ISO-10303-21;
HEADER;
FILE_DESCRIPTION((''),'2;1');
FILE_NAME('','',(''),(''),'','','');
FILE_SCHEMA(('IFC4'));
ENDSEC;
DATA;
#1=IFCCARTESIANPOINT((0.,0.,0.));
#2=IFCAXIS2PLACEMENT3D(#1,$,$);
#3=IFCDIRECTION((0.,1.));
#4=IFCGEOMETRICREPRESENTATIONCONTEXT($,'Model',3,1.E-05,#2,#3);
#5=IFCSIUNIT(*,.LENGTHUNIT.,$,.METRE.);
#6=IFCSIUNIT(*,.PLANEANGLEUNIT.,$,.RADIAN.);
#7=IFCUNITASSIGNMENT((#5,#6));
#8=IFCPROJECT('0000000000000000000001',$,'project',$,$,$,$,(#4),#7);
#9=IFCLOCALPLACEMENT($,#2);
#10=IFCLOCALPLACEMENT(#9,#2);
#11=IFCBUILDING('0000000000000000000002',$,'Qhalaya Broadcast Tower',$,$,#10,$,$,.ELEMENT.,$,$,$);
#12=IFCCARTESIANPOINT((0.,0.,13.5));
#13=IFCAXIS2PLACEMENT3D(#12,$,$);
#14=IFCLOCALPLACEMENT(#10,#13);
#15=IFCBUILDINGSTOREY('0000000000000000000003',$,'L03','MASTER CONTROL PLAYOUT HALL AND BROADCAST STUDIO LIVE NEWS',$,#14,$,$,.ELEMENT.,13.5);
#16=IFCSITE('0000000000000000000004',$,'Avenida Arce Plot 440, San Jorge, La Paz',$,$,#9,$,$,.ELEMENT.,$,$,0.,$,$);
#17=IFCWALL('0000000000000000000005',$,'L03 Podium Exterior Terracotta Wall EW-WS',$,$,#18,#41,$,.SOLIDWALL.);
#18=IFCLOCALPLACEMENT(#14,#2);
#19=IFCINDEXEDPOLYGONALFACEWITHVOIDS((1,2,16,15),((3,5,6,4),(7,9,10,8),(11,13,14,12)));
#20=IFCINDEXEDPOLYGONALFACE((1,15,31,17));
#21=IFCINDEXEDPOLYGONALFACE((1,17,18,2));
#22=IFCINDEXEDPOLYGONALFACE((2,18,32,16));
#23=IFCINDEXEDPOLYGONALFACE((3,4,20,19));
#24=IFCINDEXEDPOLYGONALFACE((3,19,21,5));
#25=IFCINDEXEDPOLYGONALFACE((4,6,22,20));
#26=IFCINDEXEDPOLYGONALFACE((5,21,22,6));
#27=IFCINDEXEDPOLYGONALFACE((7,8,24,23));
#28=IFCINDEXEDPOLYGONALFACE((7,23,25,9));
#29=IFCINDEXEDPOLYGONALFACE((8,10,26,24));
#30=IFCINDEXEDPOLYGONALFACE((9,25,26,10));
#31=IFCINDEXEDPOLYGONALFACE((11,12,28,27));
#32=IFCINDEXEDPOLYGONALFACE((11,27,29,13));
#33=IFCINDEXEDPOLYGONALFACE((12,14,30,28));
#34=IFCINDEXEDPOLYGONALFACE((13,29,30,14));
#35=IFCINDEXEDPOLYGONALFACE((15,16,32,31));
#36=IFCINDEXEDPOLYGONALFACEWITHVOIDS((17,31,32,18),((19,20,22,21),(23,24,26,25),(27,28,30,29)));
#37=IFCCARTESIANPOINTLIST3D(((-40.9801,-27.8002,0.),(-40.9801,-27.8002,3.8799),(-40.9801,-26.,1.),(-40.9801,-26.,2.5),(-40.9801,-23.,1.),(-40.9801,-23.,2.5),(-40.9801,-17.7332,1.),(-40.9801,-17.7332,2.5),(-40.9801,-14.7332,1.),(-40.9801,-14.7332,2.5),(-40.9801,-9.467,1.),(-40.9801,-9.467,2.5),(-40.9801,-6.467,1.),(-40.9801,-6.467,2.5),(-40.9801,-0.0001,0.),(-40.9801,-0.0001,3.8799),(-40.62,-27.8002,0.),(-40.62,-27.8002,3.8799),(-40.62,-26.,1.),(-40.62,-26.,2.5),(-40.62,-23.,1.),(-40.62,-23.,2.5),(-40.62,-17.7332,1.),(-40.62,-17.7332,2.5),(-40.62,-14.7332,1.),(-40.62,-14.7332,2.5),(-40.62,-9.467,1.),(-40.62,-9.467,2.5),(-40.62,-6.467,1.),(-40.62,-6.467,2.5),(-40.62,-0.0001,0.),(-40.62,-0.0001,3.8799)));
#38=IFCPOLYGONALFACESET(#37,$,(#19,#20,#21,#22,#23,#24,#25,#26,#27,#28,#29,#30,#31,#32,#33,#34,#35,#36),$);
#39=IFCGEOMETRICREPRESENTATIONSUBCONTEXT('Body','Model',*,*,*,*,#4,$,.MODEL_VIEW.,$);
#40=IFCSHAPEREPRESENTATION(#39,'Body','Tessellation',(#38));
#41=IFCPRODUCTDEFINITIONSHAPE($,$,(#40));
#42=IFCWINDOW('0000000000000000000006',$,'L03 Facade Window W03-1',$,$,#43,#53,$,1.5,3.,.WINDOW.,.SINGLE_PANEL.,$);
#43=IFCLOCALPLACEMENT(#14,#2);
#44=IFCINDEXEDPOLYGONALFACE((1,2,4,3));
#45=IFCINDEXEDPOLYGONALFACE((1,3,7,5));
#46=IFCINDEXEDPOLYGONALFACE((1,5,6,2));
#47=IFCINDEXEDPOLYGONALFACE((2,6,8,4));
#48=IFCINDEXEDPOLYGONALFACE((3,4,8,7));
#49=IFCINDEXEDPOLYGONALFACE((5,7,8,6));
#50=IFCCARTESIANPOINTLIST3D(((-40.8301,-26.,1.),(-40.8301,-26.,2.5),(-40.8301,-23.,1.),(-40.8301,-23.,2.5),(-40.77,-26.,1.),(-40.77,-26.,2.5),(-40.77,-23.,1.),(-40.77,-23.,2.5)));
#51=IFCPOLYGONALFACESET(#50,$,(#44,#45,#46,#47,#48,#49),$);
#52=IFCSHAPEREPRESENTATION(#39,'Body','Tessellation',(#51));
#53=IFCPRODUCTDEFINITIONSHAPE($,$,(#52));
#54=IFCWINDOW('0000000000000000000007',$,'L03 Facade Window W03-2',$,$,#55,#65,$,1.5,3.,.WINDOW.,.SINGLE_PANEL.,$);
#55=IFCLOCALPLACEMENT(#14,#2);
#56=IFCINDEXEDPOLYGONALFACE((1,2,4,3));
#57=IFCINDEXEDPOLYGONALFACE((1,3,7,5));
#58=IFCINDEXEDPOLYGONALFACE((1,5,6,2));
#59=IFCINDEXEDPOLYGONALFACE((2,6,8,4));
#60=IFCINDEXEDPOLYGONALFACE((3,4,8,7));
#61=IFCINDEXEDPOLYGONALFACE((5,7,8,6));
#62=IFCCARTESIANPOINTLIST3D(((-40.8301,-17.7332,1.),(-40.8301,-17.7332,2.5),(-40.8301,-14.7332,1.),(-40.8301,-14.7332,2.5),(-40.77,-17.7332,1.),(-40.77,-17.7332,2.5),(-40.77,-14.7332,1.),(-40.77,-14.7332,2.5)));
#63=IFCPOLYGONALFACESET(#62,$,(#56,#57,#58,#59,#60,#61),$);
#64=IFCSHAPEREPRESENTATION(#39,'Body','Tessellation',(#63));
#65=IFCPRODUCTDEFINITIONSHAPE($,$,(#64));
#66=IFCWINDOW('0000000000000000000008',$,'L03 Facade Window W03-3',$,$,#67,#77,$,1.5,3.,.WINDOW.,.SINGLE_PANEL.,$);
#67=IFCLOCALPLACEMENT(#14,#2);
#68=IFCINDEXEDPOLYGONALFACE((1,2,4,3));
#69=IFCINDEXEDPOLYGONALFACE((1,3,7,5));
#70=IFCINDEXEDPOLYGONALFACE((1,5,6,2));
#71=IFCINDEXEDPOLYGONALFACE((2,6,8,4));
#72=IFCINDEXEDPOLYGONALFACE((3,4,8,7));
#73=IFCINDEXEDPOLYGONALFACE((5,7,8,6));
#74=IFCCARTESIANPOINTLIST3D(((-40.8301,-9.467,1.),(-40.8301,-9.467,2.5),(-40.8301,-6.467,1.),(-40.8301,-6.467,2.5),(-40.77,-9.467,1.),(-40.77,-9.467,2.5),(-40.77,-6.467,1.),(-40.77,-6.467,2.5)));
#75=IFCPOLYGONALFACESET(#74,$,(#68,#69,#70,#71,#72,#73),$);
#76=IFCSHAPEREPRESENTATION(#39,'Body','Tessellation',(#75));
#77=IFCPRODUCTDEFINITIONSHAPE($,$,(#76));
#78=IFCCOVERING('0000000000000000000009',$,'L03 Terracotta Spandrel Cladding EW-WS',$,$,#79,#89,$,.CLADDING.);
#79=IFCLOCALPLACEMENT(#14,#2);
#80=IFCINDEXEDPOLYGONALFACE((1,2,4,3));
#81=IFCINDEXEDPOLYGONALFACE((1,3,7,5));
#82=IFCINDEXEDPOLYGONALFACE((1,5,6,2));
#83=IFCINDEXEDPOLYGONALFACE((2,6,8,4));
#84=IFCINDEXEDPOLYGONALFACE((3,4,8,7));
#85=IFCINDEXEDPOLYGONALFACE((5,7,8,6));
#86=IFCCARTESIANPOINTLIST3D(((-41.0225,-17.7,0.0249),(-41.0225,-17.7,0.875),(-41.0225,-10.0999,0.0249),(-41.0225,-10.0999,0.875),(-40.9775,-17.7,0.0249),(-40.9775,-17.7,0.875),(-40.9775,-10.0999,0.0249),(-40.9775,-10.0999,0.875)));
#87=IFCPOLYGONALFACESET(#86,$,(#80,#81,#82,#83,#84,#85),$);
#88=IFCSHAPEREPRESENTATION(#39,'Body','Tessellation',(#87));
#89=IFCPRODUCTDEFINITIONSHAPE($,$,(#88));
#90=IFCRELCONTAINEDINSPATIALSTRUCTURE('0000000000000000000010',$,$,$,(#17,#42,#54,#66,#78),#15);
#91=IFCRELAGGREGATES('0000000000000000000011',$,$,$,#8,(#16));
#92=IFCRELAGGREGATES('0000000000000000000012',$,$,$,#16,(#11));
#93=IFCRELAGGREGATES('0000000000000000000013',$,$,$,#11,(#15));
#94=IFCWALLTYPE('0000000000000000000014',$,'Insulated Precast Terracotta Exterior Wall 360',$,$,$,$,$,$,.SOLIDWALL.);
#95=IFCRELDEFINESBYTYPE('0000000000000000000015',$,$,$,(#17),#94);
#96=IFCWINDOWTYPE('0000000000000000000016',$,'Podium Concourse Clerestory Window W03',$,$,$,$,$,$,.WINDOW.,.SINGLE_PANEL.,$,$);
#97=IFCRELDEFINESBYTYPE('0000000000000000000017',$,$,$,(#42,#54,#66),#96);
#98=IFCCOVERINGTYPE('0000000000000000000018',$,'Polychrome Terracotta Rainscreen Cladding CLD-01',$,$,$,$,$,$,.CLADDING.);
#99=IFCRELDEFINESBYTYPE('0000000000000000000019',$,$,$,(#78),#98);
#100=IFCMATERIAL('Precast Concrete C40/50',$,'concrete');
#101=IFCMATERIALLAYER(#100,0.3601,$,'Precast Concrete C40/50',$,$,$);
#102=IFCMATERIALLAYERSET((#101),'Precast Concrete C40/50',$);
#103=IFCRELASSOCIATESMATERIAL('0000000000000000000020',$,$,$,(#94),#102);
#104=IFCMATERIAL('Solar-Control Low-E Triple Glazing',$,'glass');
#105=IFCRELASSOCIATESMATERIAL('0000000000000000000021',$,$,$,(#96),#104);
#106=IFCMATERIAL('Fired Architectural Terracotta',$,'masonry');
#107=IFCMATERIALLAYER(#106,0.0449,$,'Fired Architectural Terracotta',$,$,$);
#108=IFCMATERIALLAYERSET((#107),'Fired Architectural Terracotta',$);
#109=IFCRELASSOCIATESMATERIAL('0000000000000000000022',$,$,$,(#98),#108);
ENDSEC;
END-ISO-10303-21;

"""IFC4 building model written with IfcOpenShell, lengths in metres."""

from ifc_helpers import new_model, si_unit, direction, frame, frame_2d, origin, origin_2d, place, context, subcontext, project, spatial, rectangle, extrude, material, layer, layer_set, type_object, element, fill, save


model = new_model("IFC4")

# Units and contexts
model_context = context("Model", 3, precision=1e-05, world=origin(), true_north=direction((0.0, 1.0)))
body_context = subcontext(model_context, "Body", "Model", "MODEL_VIEW")
ifc_project = project(units=[si_unit("LENGTHUNIT", "METRE"), si_unit("PLANEANGLEUNIT", "RADIAN")], contexts=[model_context])

# Site, building, storey
site_placement = place(None, origin())
site = spatial("IfcSite", under=ifc_project, at=site_placement, Name="Avenida Arce Plot 440, San Jorge, La Paz", CompositionType="ELEMENT", RefElevation=0.0)
building_placement = place(site_placement, origin())
building = spatial("IfcBuilding", under=site, at=building_placement, Name="Qhalaya Broadcast Tower", CompositionType="ELEMENT")
storey_placement = place(building_placement, frame((0.0, 0.0, 13.5)))
storey = spatial("IfcBuildingStorey", under=building, at=storey_placement, Name="L03", Description="MASTER CONTROL PLAYOUT HALL AND BROADCAST STUDIO LIVE NEWS", CompositionType="ELEMENT", Elevation=13.5)

# Wall, openings, windows
ifc_material_1 = material(Name="Precast Concrete C40/50", Category="concrete")
ifc_layer_1 = layer(ifc_material_1, 0.3601, Name="Precast Concrete C40/50")
ifc_layer_set_1 = layer_set([ifc_layer_1], Name="Precast Concrete C40/50")
wall_type_1 = type_object("IfcWallType", Name="Insulated Precast Terracotta Exterior Wall 360", PredefinedType="SOLIDWALL", material=ifc_layer_set_1)
wall_1_placement = place(storey_placement, frame((-40.8, -27.8, 0.0), z_axis=(0.0, 0.0, 1.0), x_axis=(0.0, 1.0, 0.0)))
wall_1 = element("IfcWall", 1, at=wall_1_placement, inside=storey, type_object=wall_type_1, Name="L03 Podium Exterior Terracotta Wall EW-WS", PredefinedType="SOLIDWALL", context=body_context, shape_type="SweptSolid", body=[
    extrude(rectangle(XDim=27.8, YDim=0.3601, at=frame_2d((13.8999, 0.0))), origin(), (0.0, 0.0, 1.0), 3.8799),
])
opening_1_placement = place(wall_1_placement, frame((1.8, 0.0, 1.0)))
opening_1 = element("IfcOpeningElement", 2, at=opening_1_placement, cuts=wall_1, PredefinedType="OPENING", context=body_context, shape_type="SweptSolid", body=[
    extrude(rectangle(XDim=3.0, YDim=1.5, at=frame_2d((1.5, 0.75))), frame((0.0, 0.1921, 0.0), z_axis=(0.0, -1.0, 0.0), x_axis=(1.0, 0.0, 0.0)), (0.0, 0.0, 1.0), 0.384),
])
opening_2_placement = place(wall_1_placement, frame((10.0669, 0.0, 1.0)))
opening_2 = element("IfcOpeningElement", 3, at=opening_2_placement, cuts=wall_1, PredefinedType="OPENING", context=body_context, shape_type="SweptSolid", body=[
    extrude(rectangle(XDim=3.0, YDim=1.5, at=frame_2d((1.5, 0.75))), frame((0.0, 0.1921, 0.0), z_axis=(0.0, -1.0, 0.0), x_axis=(1.0, 0.0, 0.0)), (0.0, 0.0, 1.0), 0.384),
])
opening_3_placement = place(wall_1_placement, frame((18.333, 0.0, 1.0)))
opening_3 = element("IfcOpeningElement", 4, at=opening_3_placement, cuts=wall_1, PredefinedType="OPENING", context=body_context, shape_type="SweptSolid", body=[
    extrude(rectangle(XDim=3.0, YDim=1.5, at=frame_2d((1.5, 0.75))), frame((0.0, 0.1921, 0.0), z_axis=(0.0, -1.0, 0.0), x_axis=(1.0, 0.0, 0.0)), (0.0, 0.0, 1.0), 0.384),
])
ifc_material_2 = material(Name="Solar-Control Low-E Triple Glazing", Category="glass")
window_type = type_object("IfcWindowType", Name="Podium Concourse Clerestory Window W03", PartitioningType="SINGLE_PANEL", PredefinedType="WINDOW", material=ifc_material_2)
window_1_placement = place(opening_1_placement, origin())
window_1 = element("IfcWindow", 5, at=window_1_placement, inside=storey, type_object=window_type, Name="L03 Facade Window W03-1", OverallHeight=1.5, OverallWidth=3.0, PartitioningType="SINGLE_PANEL", PredefinedType="WINDOW", context=body_context, shape_type="SweptSolid", body=[
    extrude(rectangle(XDim=3.0, YDim=1.5, at=frame_2d((1.5, 0.75))), frame((0.0, 0.03, 0.0), z_axis=(0.0, -1.0, 0.0), x_axis=(1.0, 0.0, 0.0)), (0.0, 0.0, 1.0), 0.0601),
])
fill(opening_1, window_1)
window_2_placement = place(opening_2_placement, origin())
window_2 = element("IfcWindow", 6, at=window_2_placement, inside=storey, type_object=window_type, Name="L03 Facade Window W03-2", OverallHeight=1.5, OverallWidth=3.0, PartitioningType="SINGLE_PANEL", PredefinedType="WINDOW", context=body_context, shape_type="SweptSolid", body=[
    extrude(rectangle(XDim=3.0, YDim=1.5, at=frame_2d((1.5, 0.75))), frame((0.0, 0.03, 0.0), z_axis=(0.0, -1.0, 0.0), x_axis=(1.0, 0.0, 0.0)), (0.0, 0.0, 1.0), 0.0601),
])
fill(opening_2, window_2)
window_3_placement = place(opening_3_placement, origin())
window_3 = element("IfcWindow", 7, at=window_3_placement, inside=storey, type_object=window_type, Name="L03 Facade Window W03-3", OverallHeight=1.5, OverallWidth=3.0, PartitioningType="SINGLE_PANEL", PredefinedType="WINDOW", context=body_context, shape_type="SweptSolid", body=[
    extrude(rectangle(XDim=3.0, YDim=1.5, at=frame_2d((1.5, 0.75))), frame((0.0, 0.03, 0.0), z_axis=(0.0, -1.0, 0.0), x_axis=(1.0, 0.0, 0.0)), (0.0, 0.0, 1.0), 0.0601),
])
fill(opening_3, window_3)

# Covering
ifc_material_3 = material(Name="Fired Architectural Terracotta", Category="masonry")
ifc_layer_2 = layer(ifc_material_3, 0.0449, Name="Fired Architectural Terracotta")
ifc_layer_set_2 = layer_set([ifc_layer_2], Name="Fired Architectural Terracotta")
covering_type = type_object("IfcCoveringType", Name="Polychrome Terracotta Rainscreen Cladding CLD-01", PredefinedType="CLADDING", material=ifc_layer_set_2)
covering_placement = place(storey_placement, frame((-41.0, -13.8999, 0.0249), z_axis=(0.0, 0.0, 1.0), x_axis=(0.0, 1.0, 0.0)))
element("IfcCovering", 8, at=covering_placement, inside=storey, type_object=covering_type, Name="L03 Terracotta Spandrel Cladding EW-WS", PredefinedType="CLADDING", context=body_context, shape_type="SweptSolid", body=[
    extrude(rectangle(XDim=7.6001, YDim=0.0449, at=origin_2d()), origin(), (0.0, 0.0, 1.0), 0.8501),
])

save(model, "model.ifc")
